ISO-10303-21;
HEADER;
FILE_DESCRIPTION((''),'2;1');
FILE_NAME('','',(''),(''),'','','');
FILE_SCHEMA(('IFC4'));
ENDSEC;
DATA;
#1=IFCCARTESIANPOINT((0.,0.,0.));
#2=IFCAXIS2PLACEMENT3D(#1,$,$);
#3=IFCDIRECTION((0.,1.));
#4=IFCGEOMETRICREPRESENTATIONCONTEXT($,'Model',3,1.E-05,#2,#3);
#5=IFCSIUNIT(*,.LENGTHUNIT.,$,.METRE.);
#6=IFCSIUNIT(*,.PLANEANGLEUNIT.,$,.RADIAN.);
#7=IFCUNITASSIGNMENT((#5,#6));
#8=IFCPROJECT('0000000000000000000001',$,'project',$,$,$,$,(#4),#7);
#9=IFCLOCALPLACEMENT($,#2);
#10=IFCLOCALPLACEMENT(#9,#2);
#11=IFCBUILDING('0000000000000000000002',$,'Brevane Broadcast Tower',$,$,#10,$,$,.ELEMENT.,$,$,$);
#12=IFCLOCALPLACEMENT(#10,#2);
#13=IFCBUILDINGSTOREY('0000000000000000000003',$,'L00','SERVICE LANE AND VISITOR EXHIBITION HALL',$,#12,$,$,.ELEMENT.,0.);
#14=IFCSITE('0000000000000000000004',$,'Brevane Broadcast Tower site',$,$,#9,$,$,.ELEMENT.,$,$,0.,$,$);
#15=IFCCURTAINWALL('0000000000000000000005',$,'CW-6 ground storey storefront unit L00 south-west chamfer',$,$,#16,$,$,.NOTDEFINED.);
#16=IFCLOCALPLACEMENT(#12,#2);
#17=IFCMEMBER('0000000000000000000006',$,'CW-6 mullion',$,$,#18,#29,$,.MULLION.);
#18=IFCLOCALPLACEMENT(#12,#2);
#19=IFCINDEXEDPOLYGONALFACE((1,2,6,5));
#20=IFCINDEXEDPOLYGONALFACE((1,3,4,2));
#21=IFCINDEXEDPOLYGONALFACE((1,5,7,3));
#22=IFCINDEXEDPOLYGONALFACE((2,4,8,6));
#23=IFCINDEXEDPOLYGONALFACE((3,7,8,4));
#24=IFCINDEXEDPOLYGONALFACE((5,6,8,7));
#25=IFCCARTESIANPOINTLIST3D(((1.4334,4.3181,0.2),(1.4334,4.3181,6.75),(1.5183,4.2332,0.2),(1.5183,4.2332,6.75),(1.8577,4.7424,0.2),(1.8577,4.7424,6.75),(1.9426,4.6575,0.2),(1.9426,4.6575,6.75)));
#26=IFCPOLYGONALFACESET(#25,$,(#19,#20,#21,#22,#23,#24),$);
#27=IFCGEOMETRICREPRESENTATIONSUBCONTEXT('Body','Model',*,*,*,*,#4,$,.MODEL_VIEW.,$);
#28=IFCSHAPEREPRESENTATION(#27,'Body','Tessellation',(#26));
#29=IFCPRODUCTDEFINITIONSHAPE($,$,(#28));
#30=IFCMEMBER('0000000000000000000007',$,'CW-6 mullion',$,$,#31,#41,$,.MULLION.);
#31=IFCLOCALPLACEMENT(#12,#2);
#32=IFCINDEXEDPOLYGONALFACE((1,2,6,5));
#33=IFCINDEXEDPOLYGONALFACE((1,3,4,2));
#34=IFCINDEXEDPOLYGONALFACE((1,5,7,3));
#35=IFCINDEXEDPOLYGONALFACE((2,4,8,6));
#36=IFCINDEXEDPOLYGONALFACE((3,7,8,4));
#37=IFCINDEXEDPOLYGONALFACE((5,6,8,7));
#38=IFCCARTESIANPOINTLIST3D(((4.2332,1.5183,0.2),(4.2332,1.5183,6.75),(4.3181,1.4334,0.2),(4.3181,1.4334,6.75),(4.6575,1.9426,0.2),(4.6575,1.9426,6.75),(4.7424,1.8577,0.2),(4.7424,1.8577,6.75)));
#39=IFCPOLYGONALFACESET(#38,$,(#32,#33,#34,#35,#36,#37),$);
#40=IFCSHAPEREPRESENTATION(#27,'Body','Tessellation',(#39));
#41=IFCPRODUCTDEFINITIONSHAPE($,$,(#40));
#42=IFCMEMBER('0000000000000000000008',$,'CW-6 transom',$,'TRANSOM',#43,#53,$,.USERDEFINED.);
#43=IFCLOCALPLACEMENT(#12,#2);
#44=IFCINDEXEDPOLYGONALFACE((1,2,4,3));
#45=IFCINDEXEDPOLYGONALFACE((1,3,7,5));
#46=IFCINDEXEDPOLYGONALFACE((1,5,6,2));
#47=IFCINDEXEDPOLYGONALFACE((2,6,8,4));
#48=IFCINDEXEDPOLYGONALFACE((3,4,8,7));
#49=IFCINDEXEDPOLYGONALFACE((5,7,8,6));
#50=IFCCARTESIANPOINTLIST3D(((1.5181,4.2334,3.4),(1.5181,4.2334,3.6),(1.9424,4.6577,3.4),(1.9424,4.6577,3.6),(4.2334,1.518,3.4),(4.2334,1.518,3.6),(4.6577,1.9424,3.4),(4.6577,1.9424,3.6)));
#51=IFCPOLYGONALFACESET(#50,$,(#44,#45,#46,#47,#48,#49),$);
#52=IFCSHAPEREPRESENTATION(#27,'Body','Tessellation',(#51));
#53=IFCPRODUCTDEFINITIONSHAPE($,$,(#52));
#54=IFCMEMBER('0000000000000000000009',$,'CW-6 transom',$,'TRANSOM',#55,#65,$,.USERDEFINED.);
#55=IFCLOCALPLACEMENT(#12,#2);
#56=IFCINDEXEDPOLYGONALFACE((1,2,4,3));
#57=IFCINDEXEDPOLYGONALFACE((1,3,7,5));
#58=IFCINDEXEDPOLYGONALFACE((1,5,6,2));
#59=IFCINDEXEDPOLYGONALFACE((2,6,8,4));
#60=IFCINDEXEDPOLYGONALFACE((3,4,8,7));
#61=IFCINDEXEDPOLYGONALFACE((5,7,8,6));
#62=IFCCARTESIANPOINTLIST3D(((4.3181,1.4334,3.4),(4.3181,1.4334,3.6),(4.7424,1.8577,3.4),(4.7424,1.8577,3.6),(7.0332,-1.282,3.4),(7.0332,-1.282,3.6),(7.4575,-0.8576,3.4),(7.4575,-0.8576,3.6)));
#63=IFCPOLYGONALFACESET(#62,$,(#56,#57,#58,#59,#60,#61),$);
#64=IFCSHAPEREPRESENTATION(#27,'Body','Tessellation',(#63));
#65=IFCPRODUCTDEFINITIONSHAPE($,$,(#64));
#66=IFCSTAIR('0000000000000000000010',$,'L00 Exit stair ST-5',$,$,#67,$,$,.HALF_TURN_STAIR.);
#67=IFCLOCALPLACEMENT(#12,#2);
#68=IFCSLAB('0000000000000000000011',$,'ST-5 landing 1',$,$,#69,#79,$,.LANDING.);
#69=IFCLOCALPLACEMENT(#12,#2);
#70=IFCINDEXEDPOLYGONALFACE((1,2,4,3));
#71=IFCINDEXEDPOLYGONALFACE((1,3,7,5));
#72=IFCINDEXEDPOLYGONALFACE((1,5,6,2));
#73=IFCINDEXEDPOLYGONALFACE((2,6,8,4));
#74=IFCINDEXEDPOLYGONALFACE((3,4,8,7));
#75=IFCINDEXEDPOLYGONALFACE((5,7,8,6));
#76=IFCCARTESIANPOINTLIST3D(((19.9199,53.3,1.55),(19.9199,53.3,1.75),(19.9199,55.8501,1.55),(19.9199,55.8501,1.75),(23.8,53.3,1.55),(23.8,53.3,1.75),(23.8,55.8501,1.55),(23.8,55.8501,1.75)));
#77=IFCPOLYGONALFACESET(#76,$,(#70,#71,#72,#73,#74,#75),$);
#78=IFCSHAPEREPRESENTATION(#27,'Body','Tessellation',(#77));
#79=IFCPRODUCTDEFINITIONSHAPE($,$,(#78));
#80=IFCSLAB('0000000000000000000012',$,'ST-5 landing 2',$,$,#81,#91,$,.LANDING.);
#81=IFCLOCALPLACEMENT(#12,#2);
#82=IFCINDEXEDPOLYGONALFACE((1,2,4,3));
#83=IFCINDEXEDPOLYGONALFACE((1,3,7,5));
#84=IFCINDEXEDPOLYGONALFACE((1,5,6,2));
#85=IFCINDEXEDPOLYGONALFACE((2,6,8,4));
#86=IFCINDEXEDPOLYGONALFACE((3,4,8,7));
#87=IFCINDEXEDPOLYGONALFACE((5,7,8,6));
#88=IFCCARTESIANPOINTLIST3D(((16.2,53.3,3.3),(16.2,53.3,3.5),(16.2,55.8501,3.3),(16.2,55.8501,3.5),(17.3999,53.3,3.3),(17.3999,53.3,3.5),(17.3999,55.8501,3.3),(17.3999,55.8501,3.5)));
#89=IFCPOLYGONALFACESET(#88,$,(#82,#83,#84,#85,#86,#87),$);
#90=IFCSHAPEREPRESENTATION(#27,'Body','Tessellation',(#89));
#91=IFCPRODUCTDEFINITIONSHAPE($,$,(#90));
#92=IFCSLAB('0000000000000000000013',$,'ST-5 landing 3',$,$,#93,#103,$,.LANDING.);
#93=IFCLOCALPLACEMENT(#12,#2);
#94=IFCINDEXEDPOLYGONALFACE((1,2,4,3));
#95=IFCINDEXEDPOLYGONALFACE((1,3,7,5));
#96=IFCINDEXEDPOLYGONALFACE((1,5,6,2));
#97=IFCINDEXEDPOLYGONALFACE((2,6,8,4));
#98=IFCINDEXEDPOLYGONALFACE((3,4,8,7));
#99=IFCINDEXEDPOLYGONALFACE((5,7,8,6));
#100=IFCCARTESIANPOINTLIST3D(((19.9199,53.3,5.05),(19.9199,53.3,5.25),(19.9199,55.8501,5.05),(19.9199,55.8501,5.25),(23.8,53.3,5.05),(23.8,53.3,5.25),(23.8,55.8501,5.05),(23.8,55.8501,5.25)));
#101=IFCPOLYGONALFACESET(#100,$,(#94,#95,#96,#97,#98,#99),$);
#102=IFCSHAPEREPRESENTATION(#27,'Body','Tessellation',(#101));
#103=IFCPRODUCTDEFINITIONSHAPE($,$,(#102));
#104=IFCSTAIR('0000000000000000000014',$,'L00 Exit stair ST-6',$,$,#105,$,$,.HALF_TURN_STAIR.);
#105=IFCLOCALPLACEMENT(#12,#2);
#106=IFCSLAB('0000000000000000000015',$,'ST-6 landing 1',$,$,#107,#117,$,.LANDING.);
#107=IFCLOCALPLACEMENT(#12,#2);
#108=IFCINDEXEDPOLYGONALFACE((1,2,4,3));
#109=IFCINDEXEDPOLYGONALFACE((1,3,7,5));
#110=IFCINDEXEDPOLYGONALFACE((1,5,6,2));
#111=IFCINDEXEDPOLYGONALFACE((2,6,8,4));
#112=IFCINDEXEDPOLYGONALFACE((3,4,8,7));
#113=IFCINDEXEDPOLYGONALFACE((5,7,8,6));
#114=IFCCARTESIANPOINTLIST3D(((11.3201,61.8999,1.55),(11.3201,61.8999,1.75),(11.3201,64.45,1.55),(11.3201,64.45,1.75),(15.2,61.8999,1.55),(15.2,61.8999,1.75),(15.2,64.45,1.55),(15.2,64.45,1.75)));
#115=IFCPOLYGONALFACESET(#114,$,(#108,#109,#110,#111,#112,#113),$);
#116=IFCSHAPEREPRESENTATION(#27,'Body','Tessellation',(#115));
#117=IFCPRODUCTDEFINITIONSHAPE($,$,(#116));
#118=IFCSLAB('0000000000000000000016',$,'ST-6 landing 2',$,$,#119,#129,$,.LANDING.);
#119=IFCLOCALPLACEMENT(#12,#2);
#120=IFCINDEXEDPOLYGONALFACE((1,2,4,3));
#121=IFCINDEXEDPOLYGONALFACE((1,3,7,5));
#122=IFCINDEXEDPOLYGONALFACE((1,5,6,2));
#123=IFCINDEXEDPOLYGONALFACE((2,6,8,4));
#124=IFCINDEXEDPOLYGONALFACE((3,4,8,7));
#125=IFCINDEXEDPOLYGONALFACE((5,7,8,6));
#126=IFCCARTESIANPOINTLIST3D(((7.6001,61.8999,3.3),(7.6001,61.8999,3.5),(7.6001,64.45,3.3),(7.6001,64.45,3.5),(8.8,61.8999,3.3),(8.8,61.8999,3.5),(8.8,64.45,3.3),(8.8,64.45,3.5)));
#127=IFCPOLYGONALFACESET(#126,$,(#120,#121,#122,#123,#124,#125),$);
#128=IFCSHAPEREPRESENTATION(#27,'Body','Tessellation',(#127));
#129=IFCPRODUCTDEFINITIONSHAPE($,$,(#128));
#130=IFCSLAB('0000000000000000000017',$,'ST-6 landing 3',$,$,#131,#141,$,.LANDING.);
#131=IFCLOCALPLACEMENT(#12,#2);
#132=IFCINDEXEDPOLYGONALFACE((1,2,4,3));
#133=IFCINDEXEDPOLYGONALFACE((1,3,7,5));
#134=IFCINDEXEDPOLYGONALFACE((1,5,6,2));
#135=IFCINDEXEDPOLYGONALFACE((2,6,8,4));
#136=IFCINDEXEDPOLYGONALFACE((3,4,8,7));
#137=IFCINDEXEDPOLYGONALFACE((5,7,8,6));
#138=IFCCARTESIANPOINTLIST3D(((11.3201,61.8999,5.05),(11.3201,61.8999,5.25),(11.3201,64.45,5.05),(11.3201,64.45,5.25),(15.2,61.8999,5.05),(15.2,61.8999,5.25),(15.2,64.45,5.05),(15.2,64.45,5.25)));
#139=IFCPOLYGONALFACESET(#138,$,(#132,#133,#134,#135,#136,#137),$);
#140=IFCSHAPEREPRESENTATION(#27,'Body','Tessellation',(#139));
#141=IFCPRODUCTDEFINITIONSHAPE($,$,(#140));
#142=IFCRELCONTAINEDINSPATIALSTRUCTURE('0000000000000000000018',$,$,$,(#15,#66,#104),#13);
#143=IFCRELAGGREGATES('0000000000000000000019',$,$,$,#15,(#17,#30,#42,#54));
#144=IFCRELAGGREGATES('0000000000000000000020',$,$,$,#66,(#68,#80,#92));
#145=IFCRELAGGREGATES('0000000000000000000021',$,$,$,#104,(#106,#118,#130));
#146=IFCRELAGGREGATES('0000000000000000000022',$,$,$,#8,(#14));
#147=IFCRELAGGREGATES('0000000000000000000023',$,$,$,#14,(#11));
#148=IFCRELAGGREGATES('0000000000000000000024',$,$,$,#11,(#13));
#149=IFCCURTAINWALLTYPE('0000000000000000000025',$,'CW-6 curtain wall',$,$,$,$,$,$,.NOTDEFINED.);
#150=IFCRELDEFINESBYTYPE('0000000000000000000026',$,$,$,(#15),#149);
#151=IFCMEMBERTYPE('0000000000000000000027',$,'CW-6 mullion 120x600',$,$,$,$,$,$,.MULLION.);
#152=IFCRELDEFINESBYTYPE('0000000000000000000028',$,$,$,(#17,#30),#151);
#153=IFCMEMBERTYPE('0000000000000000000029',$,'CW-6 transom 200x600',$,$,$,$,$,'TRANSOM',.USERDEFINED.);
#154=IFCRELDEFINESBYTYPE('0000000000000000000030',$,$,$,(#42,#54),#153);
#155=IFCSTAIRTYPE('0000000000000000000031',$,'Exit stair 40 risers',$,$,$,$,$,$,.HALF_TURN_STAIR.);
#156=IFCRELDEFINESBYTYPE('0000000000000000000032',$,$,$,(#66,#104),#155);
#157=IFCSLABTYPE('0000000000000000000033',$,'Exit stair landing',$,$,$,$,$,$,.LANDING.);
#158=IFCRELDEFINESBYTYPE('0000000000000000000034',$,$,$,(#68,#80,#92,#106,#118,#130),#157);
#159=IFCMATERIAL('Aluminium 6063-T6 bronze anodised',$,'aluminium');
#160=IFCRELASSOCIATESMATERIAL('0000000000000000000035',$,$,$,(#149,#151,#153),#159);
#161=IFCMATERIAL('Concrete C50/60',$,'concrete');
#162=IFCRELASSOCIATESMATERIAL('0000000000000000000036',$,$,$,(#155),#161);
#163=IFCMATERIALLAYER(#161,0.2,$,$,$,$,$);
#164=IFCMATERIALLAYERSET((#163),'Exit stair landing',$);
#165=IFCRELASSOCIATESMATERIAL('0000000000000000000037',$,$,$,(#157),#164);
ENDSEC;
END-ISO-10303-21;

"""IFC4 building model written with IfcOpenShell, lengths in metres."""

from ifc_helpers import new_model, si_unit, direction, frame, origin, origin_2d, place, context, subcontext, project, spatial, polyline, rectangle, outline, extrude, material, layer, layer_set, material_profile, profile_set, type_object, element, aggregate, save


model = new_model("IFC4")

# Units and contexts
model_context = context("Model", 3, precision=1e-05, world=origin(), true_north=direction((0.0, 1.0)))
body_context = subcontext(model_context, "Body", "Model", "MODEL_VIEW")
ifc_project = project(units=[si_unit("LENGTHUNIT", "METRE"), si_unit("PLANEANGLEUNIT", "RADIAN")], contexts=[model_context])

# Site, building, storey
site_placement = place(None, origin())
site = spatial("IfcSite", under=ifc_project, at=site_placement, Name="Brevane Broadcast Tower site", CompositionType="ELEMENT", RefElevation=0.0)
building_placement = place(site_placement, origin())
building = spatial("IfcBuilding", under=site, at=building_placement, Name="Brevane Broadcast Tower", CompositionType="ELEMENT")
storey_placement = place(building_placement, origin())
storey = spatial("IfcBuildingStorey", under=building, at=storey_placement, Name="L00", Description="SERVICE LANE AND VISITOR EXHIBITION HALL", CompositionType="ELEMENT", Elevation=0.0)

# Curtain wall, members
ifc_material_1 = material(Name="Aluminium 6063-T6 bronze anodised", Category="aluminium")
curtain_wall_type = type_object("IfcCurtainWallType", Name="CW-6 curtain wall", PredefinedType="NOTDEFINED", material=ifc_material_1)
curtain_wall_1_placement = place(storey_placement, origin())
curtain_wall_1 = element("IfcCurtainWall", 1, at=curtain_wall_1_placement, inside=storey, type_object=curtain_wall_type, Name="CW-6 ground storey storefront unit L00 south-west chamfer", PredefinedType="NOTDEFINED")
ifc_material_profile_1 = material_profile(ifc_material_1, rectangle(XDim=0.6001, YDim=0.1201, at=origin_2d()), Name="RECT 120x600")
ifc_profile_set_1 = profile_set([ifc_material_profile_1], Name="Aluminium 6063-T6 bronze anodised")
member_type_1 = type_object("IfcMemberType", Name="CW-6 mullion 120x600", PredefinedType="MULLION", material=ifc_profile_set_1)
member_1_placement = place(storey_placement, frame((1.688, 4.4878, 0.2), z_axis=(0.0, 0.0, 1.0), x_axis=(0.707107, 0.707107, 0.0)))
member_1 = element("IfcMember", 2, at=member_1_placement, type_object=member_type_1, Name="CW-6 mullion", PredefinedType="MULLION", context=body_context, shape_type="SweptSolid", body=[
    extrude(rectangle(XDim=0.6001, YDim=0.1201, at=origin_2d()), origin(), (0.0, 0.0, 1.0), 6.55),
])
member_2_placement = place(storey_placement, frame((4.4878, 1.688, 0.2), z_axis=(0.0, 0.0, 1.0), x_axis=(0.707107, 0.707107, 0.0)))
member_2 = element("IfcMember", 3, at=member_2_placement, type_object=member_type_1, Name="CW-6 mullion", PredefinedType="MULLION", context=body_context, shape_type="SweptSolid", body=[
    extrude(rectangle(XDim=0.6001, YDim=0.1201, at=origin_2d()), origin(), (0.0, 0.0, 1.0), 6.55),
])
ifc_material_profile_2 = material_profile(ifc_material_1, rectangle(XDim=0.6001, YDim=0.2, at=origin_2d()), Name="RECT 200x600")
ifc_profile_set_2 = profile_set([ifc_material_profile_2], Name="Aluminium 6063-T6 bronze anodised")
member_type_2 = type_object("IfcMemberType", Name="CW-6 transom 200x600", ElementType="TRANSOM", PredefinedType="USERDEFINED", material=ifc_profile_set_2)
member_3_placement = place(storey_placement, frame((1.7302, 4.4456, 3.5), z_axis=(0.707107, -0.707107, 0.0), x_axis=(0.707107, 0.707107, 0.0)))
member_3 = element("IfcMember", 4, at=member_3_placement, type_object=member_type_2, Name="CW-6 transom", ObjectType="TRANSOM", PredefinedType="USERDEFINED", context=body_context, shape_type="SweptSolid", body=[
    extrude(rectangle(XDim=0.6001, YDim=0.2, at=origin_2d()), origin(), (0.0, 0.0, 1.0), 3.8401),
])
member_4_placement = place(storey_placement, frame((4.5303, 1.6455, 3.5), z_axis=(0.707075, -0.707139, 0.0), x_axis=(0.707139, 0.707075, 0.0)))
member_4 = element("IfcMember", 5, at=member_4_placement, type_object=member_type_2, Name="CW-6 transom", ObjectType="TRANSOM", PredefinedType="USERDEFINED", context=body_context, shape_type="SweptSolid", body=[
    extrude(rectangle(XDim=0.6001, YDim=0.2, at=origin_2d()), origin(), (0.0, 0.0, 1.0), 3.8398),
])
aggregate(curtain_wall_1, [member_1, member_2, member_3, member_4])

# Stairs, slabs
ifc_material_2 = material(Name="Concrete C50/60", Category="concrete")
stair_type = type_object("IfcStairType", Name="Exit stair 40 risers", PredefinedType="HALF_TURN_STAIR", material=ifc_material_2)
stair_1_placement = place(storey_placement, origin())
stair_1 = element("IfcStair", 6, at=stair_1_placement, inside=storey, type_object=stair_type, Name="L00 Exit stair ST-5", PredefinedType="HALF_TURN_STAIR")
ifc_layer_1 = layer(ifc_material_2, 0.2)
ifc_layer_set_1 = layer_set([ifc_layer_1], Name="Exit stair landing")
slab_type_1 = type_object("IfcSlabType", Name="Exit stair landing", PredefinedType="LANDING", material=ifc_layer_set_1)
slab_1_placement = place(storey_placement, frame((0.0, 0.0, 1.55)))
slab_1 = element("IfcSlab", 7, at=slab_1_placement, type_object=slab_type_1, Name="ST-5 landing 1", PredefinedType="LANDING", context=body_context, shape_type="SweptSolid", body=[
    extrude(outline(polyline([(19.9199, 53.3), (23.8, 53.3), (23.8, 55.8501), (19.9199, 55.8501), (19.9199, 53.3)])), origin(), (0.0, 0.0, 1.0), 0.2),
])
slab_2_placement = place(storey_placement, frame((0.0, 0.0, 3.3)))
slab_2 = element("IfcSlab", 8, at=slab_2_placement, type_object=slab_type_1, Name="ST-5 landing 2", PredefinedType="LANDING", context=body_context, shape_type="SweptSolid", body=[
    extrude(outline(polyline([(16.2, 53.3), (17.3999, 53.3), (17.3999, 55.8501), (16.2, 55.8501), (16.2, 53.3)])), origin(), (0.0, 0.0, 1.0), 0.2),
])
slab_3_placement = place(storey_placement, frame((0.0, 0.0, 5.05)))
slab_3 = element("IfcSlab", 9, at=slab_3_placement, type_object=slab_type_1, Name="ST-5 landing 3", PredefinedType="LANDING", context=body_context, shape_type="SweptSolid", body=[
    extrude(outline(polyline([(19.9199, 53.3), (23.8, 53.3), (23.8, 55.8501), (19.9199, 55.8501), (19.9199, 53.3)])), origin(), (0.0, 0.0, 1.0), 0.2),
])
aggregate(stair_1, [slab_1, slab_2, slab_3])
stair_2_placement = place(storey_placement, origin())
stair_2 = element("IfcStair", 10, at=stair_2_placement, inside=storey, type_object=stair_type, Name="L00 Exit stair ST-6", PredefinedType="HALF_TURN_STAIR")
slab_4_placement = place(storey_placement, frame((0.0, 0.0, 1.55)))
slab_4 = element("IfcSlab", 11, at=slab_4_placement, type_object=slab_type_1, Name="ST-6 landing 1", PredefinedType="LANDING", context=body_context, shape_type="SweptSolid", body=[
    extrude(outline(polyline([(11.3201, 61.8999), (15.2, 61.8999), (15.2, 64.45), (11.3201, 64.45), (11.3201, 61.8999)])), origin(), (0.0, 0.0, 1.0), 0.2),
])
slab_5_placement = place(storey_placement, frame((0.0, 0.0, 3.3)))
slab_5 = element("IfcSlab", 12, at=slab_5_placement, type_object=slab_type_1, Name="ST-6 landing 2", PredefinedType="LANDING", context=body_context, shape_type="SweptSolid", body=[
    extrude(outline(polyline([(7.6001, 61.8999), (8.8, 61.8999), (8.8, 64.45), (7.6001, 64.45), (7.6001, 61.8999)])), origin(), (0.0, 0.0, 1.0), 0.2),
])
slab_6_placement = place(storey_placement, frame((0.0, 0.0, 5.05)))
slab_6 = element("IfcSlab", 13, at=slab_6_placement, type_object=slab_type_1, Name="ST-6 landing 3", PredefinedType="LANDING", context=body_context, shape_type="SweptSolid", body=[
    extrude(outline(polyline([(11.3201, 61.8999), (15.2, 61.8999), (15.2, 64.45), (11.3201, 64.45), (11.3201, 61.8999)])), origin(), (0.0, 0.0, 1.0), 0.2),
])
aggregate(stair_2, [slab_4, slab_5, slab_6])

save(model, "model.ifc")
